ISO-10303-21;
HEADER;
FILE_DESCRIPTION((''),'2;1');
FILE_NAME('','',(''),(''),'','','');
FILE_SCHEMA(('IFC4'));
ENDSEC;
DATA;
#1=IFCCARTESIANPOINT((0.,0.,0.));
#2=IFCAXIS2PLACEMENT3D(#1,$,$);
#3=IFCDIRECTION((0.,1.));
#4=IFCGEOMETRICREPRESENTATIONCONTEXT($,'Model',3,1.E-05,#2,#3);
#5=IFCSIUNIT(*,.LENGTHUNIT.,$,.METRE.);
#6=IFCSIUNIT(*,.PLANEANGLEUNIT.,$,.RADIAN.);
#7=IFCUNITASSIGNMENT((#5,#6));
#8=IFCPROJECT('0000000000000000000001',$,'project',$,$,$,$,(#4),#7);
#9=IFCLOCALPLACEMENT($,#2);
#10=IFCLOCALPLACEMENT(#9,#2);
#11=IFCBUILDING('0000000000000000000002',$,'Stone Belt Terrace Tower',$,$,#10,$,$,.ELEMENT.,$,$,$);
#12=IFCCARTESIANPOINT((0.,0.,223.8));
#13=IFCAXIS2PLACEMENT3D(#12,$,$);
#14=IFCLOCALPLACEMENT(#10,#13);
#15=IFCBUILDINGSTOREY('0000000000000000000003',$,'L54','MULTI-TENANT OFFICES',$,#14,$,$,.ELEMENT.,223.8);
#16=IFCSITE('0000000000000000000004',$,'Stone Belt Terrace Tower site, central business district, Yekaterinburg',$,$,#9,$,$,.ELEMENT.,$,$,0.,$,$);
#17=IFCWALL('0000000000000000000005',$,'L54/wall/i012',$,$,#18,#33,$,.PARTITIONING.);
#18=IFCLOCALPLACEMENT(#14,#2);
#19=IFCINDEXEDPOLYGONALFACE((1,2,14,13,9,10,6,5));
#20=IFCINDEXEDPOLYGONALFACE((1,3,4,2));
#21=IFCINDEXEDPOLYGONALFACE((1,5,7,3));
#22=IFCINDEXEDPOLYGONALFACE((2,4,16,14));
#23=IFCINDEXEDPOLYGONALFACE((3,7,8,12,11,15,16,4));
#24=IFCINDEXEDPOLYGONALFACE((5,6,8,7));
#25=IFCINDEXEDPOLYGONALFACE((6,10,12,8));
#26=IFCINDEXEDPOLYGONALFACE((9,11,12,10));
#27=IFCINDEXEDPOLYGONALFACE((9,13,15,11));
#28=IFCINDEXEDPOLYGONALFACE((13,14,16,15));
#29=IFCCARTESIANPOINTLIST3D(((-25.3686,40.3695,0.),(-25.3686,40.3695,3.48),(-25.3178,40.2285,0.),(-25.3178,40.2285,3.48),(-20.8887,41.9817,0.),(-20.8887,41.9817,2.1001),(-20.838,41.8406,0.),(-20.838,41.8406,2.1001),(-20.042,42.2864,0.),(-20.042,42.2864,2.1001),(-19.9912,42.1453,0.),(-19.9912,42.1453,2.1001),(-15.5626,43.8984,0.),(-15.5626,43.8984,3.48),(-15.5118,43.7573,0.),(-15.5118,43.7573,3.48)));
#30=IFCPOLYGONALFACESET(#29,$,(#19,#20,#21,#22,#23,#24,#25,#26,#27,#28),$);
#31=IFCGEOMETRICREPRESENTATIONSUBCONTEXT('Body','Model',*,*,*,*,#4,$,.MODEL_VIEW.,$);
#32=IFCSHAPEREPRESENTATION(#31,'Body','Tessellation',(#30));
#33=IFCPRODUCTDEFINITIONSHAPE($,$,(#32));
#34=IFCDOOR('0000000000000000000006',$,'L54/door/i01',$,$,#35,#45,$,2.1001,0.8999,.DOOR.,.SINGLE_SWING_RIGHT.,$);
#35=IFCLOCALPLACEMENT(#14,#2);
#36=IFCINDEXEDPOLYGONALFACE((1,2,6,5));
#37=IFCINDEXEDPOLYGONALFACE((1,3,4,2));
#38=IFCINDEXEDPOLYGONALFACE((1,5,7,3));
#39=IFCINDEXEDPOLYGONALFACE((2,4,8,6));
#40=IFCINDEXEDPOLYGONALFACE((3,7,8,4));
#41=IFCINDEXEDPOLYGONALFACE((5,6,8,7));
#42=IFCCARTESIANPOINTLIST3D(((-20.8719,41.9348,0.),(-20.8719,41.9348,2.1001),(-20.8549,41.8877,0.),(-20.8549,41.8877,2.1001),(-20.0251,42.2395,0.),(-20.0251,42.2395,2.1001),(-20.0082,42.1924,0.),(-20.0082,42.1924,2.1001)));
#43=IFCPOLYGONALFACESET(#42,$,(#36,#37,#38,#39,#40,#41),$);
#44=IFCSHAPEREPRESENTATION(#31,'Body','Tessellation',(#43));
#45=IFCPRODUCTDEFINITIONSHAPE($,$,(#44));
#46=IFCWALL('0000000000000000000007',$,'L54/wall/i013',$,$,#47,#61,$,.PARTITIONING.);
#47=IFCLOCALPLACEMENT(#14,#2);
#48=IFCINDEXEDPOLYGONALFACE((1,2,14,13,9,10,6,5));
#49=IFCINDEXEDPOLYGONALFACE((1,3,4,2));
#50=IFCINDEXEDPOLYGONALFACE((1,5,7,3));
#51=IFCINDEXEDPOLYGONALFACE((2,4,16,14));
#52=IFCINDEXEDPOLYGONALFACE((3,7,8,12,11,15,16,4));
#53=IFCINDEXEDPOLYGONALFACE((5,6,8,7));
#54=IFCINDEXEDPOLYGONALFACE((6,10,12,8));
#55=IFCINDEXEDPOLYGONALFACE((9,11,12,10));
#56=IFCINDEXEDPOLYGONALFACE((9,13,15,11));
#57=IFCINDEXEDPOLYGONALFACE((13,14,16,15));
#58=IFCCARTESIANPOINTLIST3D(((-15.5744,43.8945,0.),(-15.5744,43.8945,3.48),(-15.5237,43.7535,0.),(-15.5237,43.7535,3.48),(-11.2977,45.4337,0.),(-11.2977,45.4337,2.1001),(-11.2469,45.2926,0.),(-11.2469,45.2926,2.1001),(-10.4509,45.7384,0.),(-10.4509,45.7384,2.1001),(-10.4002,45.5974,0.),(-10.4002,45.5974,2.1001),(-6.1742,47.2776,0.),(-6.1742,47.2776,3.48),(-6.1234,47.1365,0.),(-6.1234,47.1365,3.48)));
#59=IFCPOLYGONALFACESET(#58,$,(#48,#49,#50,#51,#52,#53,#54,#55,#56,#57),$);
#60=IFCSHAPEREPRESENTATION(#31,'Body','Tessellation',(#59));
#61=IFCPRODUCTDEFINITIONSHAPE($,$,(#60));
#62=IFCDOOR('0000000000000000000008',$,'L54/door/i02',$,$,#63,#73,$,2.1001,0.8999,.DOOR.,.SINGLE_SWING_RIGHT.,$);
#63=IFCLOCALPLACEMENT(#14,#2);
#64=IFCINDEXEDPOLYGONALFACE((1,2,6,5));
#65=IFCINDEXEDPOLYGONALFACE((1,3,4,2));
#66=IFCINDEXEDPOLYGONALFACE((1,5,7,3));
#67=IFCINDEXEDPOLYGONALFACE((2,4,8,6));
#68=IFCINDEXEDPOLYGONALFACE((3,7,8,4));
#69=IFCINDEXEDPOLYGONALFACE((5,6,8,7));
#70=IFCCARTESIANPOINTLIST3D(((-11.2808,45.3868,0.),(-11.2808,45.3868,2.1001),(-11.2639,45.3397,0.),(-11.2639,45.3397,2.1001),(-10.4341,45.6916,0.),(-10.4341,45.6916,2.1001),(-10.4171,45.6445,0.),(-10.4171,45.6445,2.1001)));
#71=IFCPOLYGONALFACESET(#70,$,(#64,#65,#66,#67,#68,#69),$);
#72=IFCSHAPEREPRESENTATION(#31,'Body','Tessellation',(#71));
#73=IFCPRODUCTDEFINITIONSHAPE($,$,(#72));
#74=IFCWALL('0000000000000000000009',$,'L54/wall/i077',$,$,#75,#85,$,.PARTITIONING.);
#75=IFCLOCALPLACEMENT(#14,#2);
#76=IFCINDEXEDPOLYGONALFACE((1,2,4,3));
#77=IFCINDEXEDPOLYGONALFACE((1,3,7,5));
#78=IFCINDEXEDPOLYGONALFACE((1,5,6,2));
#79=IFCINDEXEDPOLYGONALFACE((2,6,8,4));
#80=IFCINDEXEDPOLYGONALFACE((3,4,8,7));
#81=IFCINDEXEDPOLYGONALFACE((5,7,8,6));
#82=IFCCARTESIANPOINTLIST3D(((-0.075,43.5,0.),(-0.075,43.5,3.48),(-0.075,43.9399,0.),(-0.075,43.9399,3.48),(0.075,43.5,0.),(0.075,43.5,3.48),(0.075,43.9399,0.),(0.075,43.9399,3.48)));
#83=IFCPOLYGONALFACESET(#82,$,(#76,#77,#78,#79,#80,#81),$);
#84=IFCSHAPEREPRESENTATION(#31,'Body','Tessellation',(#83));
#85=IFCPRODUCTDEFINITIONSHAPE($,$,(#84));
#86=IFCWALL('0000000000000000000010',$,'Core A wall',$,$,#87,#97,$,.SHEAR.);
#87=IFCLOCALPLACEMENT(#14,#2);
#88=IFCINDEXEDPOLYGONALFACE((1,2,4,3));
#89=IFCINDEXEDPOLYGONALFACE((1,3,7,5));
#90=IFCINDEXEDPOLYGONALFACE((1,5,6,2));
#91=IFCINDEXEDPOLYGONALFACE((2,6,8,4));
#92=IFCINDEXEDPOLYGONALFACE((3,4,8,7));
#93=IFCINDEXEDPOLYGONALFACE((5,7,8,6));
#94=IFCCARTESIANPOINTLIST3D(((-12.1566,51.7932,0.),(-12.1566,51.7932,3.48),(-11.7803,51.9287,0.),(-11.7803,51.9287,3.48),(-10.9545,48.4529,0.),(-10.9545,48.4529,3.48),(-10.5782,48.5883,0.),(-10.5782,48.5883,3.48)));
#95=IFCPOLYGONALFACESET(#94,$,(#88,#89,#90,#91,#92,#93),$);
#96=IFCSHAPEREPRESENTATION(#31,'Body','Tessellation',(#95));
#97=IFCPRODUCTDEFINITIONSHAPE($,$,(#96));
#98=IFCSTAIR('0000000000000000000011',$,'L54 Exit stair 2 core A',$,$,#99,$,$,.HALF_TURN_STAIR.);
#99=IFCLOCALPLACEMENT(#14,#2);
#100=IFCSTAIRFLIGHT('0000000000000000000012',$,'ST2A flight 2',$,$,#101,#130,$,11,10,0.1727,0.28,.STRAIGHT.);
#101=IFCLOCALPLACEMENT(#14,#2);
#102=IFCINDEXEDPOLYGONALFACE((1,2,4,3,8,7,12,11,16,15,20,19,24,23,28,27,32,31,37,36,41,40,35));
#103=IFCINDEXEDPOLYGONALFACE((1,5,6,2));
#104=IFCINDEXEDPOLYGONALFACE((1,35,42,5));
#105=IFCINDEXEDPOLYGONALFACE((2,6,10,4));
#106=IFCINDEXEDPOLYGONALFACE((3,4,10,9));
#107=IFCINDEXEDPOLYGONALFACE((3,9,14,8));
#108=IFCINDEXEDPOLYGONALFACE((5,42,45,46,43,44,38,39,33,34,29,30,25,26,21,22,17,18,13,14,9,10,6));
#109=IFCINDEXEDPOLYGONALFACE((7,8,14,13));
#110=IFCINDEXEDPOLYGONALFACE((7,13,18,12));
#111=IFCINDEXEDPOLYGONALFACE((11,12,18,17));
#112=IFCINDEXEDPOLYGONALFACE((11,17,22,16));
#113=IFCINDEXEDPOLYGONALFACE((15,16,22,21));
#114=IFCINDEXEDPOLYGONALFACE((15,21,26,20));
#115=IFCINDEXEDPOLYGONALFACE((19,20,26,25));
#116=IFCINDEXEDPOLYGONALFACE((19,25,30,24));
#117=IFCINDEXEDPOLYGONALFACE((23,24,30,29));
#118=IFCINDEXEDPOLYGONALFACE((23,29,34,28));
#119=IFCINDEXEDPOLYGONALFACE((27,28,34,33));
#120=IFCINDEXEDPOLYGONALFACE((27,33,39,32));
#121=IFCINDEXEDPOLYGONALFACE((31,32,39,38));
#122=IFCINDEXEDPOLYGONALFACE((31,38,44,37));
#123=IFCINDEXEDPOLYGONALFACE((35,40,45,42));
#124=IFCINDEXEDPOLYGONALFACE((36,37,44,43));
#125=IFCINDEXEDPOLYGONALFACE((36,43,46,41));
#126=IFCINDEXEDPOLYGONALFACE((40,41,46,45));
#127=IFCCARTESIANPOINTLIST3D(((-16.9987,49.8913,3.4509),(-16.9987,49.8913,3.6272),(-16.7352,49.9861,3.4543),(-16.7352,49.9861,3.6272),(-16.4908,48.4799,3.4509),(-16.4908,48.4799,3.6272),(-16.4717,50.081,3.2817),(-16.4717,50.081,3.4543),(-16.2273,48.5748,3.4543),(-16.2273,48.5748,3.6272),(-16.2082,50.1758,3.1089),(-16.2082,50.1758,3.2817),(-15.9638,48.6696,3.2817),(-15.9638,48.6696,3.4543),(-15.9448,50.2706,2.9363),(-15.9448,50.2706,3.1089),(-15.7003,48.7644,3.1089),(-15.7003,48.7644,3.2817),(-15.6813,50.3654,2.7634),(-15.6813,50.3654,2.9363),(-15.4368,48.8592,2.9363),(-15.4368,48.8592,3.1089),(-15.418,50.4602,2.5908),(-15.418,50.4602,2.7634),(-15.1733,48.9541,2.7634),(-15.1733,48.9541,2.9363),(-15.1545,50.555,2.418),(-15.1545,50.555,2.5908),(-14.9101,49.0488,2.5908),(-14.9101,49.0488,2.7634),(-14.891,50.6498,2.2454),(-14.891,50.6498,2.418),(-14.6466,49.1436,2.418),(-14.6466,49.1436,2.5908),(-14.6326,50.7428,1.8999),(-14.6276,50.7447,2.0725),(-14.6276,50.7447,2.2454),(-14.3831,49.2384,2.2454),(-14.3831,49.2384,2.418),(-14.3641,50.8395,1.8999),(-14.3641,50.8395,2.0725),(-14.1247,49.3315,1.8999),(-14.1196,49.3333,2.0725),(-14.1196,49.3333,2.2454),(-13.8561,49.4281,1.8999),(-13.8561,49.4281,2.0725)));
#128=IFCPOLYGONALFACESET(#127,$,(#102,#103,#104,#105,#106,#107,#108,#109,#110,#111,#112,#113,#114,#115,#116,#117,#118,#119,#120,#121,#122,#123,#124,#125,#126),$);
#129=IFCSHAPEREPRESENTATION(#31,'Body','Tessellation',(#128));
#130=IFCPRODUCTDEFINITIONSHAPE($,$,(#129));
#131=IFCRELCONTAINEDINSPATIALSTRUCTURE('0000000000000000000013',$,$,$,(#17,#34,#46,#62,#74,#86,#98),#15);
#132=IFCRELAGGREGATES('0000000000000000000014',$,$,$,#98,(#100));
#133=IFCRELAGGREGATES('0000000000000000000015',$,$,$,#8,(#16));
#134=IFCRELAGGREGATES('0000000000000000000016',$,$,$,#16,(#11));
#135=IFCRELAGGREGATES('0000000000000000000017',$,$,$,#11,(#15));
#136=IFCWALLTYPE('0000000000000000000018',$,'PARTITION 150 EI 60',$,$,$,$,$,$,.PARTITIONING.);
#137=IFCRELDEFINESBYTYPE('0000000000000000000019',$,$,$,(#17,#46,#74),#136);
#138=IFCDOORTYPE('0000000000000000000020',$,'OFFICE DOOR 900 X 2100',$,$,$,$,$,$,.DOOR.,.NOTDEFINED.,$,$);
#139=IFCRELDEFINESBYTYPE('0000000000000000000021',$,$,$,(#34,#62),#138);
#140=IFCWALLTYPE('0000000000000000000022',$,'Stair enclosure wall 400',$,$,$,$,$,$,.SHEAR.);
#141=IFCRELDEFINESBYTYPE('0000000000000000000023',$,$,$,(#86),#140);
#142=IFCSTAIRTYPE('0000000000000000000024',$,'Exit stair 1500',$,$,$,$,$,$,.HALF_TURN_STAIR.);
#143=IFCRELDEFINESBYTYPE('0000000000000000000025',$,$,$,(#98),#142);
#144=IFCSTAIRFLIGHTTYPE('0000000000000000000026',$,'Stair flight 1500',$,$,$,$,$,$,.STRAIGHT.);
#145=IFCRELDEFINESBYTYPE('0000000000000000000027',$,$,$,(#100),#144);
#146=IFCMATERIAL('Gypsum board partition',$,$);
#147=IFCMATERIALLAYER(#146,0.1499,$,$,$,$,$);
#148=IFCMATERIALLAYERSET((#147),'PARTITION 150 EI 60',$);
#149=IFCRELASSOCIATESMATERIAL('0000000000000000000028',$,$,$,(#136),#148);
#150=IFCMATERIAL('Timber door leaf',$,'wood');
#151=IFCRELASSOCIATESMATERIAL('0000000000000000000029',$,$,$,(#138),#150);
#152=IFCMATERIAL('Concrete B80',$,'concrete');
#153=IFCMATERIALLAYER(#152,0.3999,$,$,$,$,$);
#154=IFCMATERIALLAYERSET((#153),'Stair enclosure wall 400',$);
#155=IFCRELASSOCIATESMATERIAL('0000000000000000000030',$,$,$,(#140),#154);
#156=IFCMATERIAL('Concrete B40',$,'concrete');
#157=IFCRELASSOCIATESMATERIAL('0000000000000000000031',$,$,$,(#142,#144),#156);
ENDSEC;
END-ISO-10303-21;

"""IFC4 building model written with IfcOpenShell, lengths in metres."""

from ifc_helpers import new_model, si_unit, direction, frame, frame_2d, origin, place, context, subcontext, project, spatial, polyline, rectangle, outline, extrude, material, layer, layer_set, type_object, element, fill, aggregate, save


model = new_model("IFC4")

# Units and contexts
model_context = context("Model", 3, precision=1e-05, world=origin(), true_north=direction((0.0, 1.0)))
body_context = subcontext(model_context, "Body", "Model", "MODEL_VIEW")
ifc_project = project(units=[si_unit("LENGTHUNIT", "METRE"), si_unit("PLANEANGLEUNIT", "RADIAN")], contexts=[model_context])

# Site, building, storey
site_placement = place(None, origin())
site = spatial("IfcSite", under=ifc_project, at=site_placement, Name="Stone Belt Terrace Tower site, central business district, Yekaterinburg", CompositionType="ELEMENT", RefElevation=0.0)
building_placement = place(site_placement, origin())
building = spatial("IfcBuilding", under=site, at=building_placement, Name="Stone Belt Terrace Tower", CompositionType="ELEMENT")
storey_placement = place(building_placement, frame((0.0, 0.0, 223.8)))
storey = spatial("IfcBuildingStorey", under=building, at=storey_placement, Name="L54", Description="MULTI-TENANT OFFICES", CompositionType="ELEMENT", Elevation=223.8)

# Shared definitions
ifc_material_1 = material(Name="Timber door leaf", Category="wood")

# Shared definitions
ifc_material_2 = material(Name="Gypsum board partition")
ifc_layer_1 = layer(ifc_material_2, 0.1499)
ifc_layer_set_1 = layer_set([ifc_layer_1], Name="PARTITION 150 EI 60")
wall_type_1 = type_object("IfcWallType", Name="PARTITION 150 EI 60", PredefinedType="PARTITIONING", material=ifc_layer_set_1)

# Walls, openings, doors
wall_1_placement = place(storey_placement, frame((-15.5371, 43.8279, 0.0), z_axis=(0.0, 0.0, 1.0), x_axis=(-0.940928, -0.338607, 0.0)))
wall_1 = element("IfcWall", 1, at=wall_1_placement, inside=storey, type_object=wall_type_1, Name="L54/wall/i012", PredefinedType="PARTITIONING", context=body_context, shape_type="SweptSolid", body=[
    extrude(rectangle(XDim=10.4216, YDim=0.1499, at=frame_2d((5.2109, 0.0))), origin(), (0.0, 0.0, 1.0), 3.48),
])
opening_1_placement = place(wall_1_placement, frame((4.7607, 0.0, 0.0)))
opening_1 = element("IfcOpeningElement", 2, at=opening_1_placement, cuts=wall_1, PredefinedType="OPENING", context=body_context, shape_type="SweptSolid", body=[
    extrude(rectangle(XDim=0.8999, YDim=2.1001, at=frame_2d((0.45, 1.05))), frame((0.0, 0.085, 0.0), z_axis=(0.0, -1.0, 0.0), x_axis=(1.0, 0.0, 0.0)), (0.0, 0.0, 1.0), 0.1699),
])
door_type_1 = type_object("IfcDoorType", Name="OFFICE DOOR 900 X 2100", OperationType="NOTDEFINED", PredefinedType="DOOR", material=ifc_material_1)
door_1_placement = place(opening_1_placement, origin())
door_1 = element("IfcDoor", 3, at=door_1_placement, inside=storey, type_object=door_type_1, Name="L54/door/i01", OperationType="SINGLE_SWING_RIGHT", OverallHeight=2.1001, OverallWidth=0.8999, PredefinedType="DOOR", context=body_context, shape_type="SweptSolid", body=[
    extrude(rectangle(XDim=0.8999, YDim=2.1001, at=frame_2d((0.45, 1.05))), frame((0.0, 0.0249, 0.0), z_axis=(0.0, -1.0, 0.0), x_axis=(1.0, 0.0, 0.0)), (0.0, 0.0, 1.0), 0.05),
])
fill(opening_1, door_1)
wall_2_placement = place(storey_placement, frame((-6.1489, 47.207, 0.0), z_axis=(0.0, 0.0, 1.0), x_axis=(-0.940919, -0.338631, 0.0)))
wall_2 = element("IfcWall", 4, at=wall_2_placement, inside=storey, type_object=wall_type_1, Name="L54/wall/i013", PredefinedType="PARTITIONING", context=body_context, shape_type="SweptSolid", body=[
    extrude(rectangle(XDim=9.9905, YDim=0.1499, at=frame_2d((4.9951, 0.0))), origin(), (0.0, 0.0, 1.0), 3.48),
])
opening_2_placement = place(wall_2_placement, frame((4.5452, 0.0, 0.0)))
opening_2 = element("IfcOpeningElement", 5, at=opening_2_placement, cuts=wall_2, PredefinedType="OPENING", context=body_context, shape_type="SweptSolid", body=[
    extrude(rectangle(XDim=0.8999, YDim=2.1001, at=frame_2d((0.45, 1.05))), frame((0.0, 0.085, 0.0), z_axis=(0.0, -1.0, 0.0), x_axis=(1.0, 0.0, 0.0)), (0.0, 0.0, 1.0), 0.1699),
])
door_2_placement = place(opening_2_placement, origin())
door_2 = element("IfcDoor", 6, at=door_2_placement, inside=storey, type_object=door_type_1, Name="L54/door/i02", OperationType="SINGLE_SWING_RIGHT", OverallHeight=2.1001, OverallWidth=0.8999, PredefinedType="DOOR", context=body_context, shape_type="SweptSolid", body=[
    extrude(rectangle(XDim=0.8999, YDim=2.1001, at=frame_2d((0.45, 1.05))), frame((0.0, 0.0249, 0.0), z_axis=(0.0, -1.0, 0.0), x_axis=(1.0, 0.0, 0.0)), (0.0, 0.0, 1.0), 0.05),
])
fill(opening_2, door_2)

# Walls
wall_3_placement = place(storey_placement, frame((0.0, 43.9399, 0.0), z_axis=(0.0, 0.0, 1.0), x_axis=(0.0, -1.0, 0.0)))
element("IfcWall", 7, at=wall_3_placement, inside=storey, type_object=wall_type_1, Name="L54/wall/i077", PredefinedType="PARTITIONING", context=body_context, shape_type="SweptSolid", body=[
    extrude(rectangle(XDim=0.4399, YDim=0.1499, at=frame_2d((0.22, 0.0))), origin(), (0.0, 0.0, 1.0), 3.48),
])
ifc_material_3 = material(Name="Concrete B80", Category="concrete")
ifc_layer_2 = layer(ifc_material_3, 0.3999)
ifc_layer_set_2 = layer_set([ifc_layer_2], Name="Stair enclosure wall 400")
wall_type_2 = type_object("IfcWallType", Name="Stair enclosure wall 400", PredefinedType="SHEAR", material=ifc_layer_set_2)
wall_4_placement = place(storey_placement, frame((-10.7664, 48.5208, 0.0), z_axis=(0.0, 0.0, 1.0), x_axis=(-0.338627, 0.940921, 0.0)))
element("IfcWall", 8, at=wall_4_placement, inside=storey, type_object=wall_type_2, Name="Core A wall", PredefinedType="SHEAR", context=body_context, shape_type="SweptSolid", body=[
    extrude(rectangle(XDim=3.55, YDim=0.3999, at=frame_2d((1.7749, 0.0))), origin(), (0.0, 0.0, 1.0), 3.48),
])

# Stair, stair flight
ifc_material_4 = material(Name="Concrete B40", Category="concrete")
stair_type = type_object("IfcStairType", Name="Exit stair 1500", PredefinedType="HALF_TURN_STAIR", material=ifc_material_4)
stair_placement = place(storey_placement, origin())
stair = element("IfcStair", 9, at=stair_placement, inside=storey, type_object=stair_type, Name="L54 Exit stair 2 core A", PredefinedType="HALF_TURN_STAIR")
stair_flight_type = type_object("IfcStairFlightType", Name="Stair flight 1500", PredefinedType="STRAIGHT", material=ifc_material_4)
stair_flight_placement = place(storey_placement, frame((-14.1101, 50.1338, 1.8999), z_axis=(0.0, 0.0, 1.0), x_axis=(-0.940922, -0.338624, 0.0)))
stair_flight = element("IfcStairFlight", 10, at=stair_flight_placement, type_object=stair_flight_type, Name="ST2A flight 2", NumberOfRisers=11, NumberOfTreads=10, PredefinedType="STRAIGHT", RiserHeight=0.1727, TreadLength=0.28, context=body_context, shape_type="SweptSolid", body=[
    extrude(outline(polyline([(0.0, 0.0), (0.0, 0.1726), (0.28, 0.1726), (0.28, 0.3455), (0.5601, 0.3455), (0.5601, 0.5181), (0.8401, 0.5181), (0.8401, 0.6909), (1.1201, 0.6909), (1.1201, 0.8635), (1.3999, 0.8635), (1.3999, 1.0364), (1.6799, 1.0364), (1.6799, 1.209), (1.96, 1.209), (1.96, 1.3818), (2.24, 1.3818), (2.24, 1.5544), (2.52, 1.5544), (2.52, 1.7273), (2.8, 1.7273), (2.8, 1.8999), (2.8, 1.551), (0.2854, 0.0), (0.0, 0.0)])), frame((0.0, 0.75, 0.0), z_axis=(0.0, -1.0, 0.0), x_axis=(1.0, 0.0, 0.0)), (0.0, 0.0, 1.0), 1.5),
])
aggregate(stair, [stair_flight])

save(model, "model.ifc")
